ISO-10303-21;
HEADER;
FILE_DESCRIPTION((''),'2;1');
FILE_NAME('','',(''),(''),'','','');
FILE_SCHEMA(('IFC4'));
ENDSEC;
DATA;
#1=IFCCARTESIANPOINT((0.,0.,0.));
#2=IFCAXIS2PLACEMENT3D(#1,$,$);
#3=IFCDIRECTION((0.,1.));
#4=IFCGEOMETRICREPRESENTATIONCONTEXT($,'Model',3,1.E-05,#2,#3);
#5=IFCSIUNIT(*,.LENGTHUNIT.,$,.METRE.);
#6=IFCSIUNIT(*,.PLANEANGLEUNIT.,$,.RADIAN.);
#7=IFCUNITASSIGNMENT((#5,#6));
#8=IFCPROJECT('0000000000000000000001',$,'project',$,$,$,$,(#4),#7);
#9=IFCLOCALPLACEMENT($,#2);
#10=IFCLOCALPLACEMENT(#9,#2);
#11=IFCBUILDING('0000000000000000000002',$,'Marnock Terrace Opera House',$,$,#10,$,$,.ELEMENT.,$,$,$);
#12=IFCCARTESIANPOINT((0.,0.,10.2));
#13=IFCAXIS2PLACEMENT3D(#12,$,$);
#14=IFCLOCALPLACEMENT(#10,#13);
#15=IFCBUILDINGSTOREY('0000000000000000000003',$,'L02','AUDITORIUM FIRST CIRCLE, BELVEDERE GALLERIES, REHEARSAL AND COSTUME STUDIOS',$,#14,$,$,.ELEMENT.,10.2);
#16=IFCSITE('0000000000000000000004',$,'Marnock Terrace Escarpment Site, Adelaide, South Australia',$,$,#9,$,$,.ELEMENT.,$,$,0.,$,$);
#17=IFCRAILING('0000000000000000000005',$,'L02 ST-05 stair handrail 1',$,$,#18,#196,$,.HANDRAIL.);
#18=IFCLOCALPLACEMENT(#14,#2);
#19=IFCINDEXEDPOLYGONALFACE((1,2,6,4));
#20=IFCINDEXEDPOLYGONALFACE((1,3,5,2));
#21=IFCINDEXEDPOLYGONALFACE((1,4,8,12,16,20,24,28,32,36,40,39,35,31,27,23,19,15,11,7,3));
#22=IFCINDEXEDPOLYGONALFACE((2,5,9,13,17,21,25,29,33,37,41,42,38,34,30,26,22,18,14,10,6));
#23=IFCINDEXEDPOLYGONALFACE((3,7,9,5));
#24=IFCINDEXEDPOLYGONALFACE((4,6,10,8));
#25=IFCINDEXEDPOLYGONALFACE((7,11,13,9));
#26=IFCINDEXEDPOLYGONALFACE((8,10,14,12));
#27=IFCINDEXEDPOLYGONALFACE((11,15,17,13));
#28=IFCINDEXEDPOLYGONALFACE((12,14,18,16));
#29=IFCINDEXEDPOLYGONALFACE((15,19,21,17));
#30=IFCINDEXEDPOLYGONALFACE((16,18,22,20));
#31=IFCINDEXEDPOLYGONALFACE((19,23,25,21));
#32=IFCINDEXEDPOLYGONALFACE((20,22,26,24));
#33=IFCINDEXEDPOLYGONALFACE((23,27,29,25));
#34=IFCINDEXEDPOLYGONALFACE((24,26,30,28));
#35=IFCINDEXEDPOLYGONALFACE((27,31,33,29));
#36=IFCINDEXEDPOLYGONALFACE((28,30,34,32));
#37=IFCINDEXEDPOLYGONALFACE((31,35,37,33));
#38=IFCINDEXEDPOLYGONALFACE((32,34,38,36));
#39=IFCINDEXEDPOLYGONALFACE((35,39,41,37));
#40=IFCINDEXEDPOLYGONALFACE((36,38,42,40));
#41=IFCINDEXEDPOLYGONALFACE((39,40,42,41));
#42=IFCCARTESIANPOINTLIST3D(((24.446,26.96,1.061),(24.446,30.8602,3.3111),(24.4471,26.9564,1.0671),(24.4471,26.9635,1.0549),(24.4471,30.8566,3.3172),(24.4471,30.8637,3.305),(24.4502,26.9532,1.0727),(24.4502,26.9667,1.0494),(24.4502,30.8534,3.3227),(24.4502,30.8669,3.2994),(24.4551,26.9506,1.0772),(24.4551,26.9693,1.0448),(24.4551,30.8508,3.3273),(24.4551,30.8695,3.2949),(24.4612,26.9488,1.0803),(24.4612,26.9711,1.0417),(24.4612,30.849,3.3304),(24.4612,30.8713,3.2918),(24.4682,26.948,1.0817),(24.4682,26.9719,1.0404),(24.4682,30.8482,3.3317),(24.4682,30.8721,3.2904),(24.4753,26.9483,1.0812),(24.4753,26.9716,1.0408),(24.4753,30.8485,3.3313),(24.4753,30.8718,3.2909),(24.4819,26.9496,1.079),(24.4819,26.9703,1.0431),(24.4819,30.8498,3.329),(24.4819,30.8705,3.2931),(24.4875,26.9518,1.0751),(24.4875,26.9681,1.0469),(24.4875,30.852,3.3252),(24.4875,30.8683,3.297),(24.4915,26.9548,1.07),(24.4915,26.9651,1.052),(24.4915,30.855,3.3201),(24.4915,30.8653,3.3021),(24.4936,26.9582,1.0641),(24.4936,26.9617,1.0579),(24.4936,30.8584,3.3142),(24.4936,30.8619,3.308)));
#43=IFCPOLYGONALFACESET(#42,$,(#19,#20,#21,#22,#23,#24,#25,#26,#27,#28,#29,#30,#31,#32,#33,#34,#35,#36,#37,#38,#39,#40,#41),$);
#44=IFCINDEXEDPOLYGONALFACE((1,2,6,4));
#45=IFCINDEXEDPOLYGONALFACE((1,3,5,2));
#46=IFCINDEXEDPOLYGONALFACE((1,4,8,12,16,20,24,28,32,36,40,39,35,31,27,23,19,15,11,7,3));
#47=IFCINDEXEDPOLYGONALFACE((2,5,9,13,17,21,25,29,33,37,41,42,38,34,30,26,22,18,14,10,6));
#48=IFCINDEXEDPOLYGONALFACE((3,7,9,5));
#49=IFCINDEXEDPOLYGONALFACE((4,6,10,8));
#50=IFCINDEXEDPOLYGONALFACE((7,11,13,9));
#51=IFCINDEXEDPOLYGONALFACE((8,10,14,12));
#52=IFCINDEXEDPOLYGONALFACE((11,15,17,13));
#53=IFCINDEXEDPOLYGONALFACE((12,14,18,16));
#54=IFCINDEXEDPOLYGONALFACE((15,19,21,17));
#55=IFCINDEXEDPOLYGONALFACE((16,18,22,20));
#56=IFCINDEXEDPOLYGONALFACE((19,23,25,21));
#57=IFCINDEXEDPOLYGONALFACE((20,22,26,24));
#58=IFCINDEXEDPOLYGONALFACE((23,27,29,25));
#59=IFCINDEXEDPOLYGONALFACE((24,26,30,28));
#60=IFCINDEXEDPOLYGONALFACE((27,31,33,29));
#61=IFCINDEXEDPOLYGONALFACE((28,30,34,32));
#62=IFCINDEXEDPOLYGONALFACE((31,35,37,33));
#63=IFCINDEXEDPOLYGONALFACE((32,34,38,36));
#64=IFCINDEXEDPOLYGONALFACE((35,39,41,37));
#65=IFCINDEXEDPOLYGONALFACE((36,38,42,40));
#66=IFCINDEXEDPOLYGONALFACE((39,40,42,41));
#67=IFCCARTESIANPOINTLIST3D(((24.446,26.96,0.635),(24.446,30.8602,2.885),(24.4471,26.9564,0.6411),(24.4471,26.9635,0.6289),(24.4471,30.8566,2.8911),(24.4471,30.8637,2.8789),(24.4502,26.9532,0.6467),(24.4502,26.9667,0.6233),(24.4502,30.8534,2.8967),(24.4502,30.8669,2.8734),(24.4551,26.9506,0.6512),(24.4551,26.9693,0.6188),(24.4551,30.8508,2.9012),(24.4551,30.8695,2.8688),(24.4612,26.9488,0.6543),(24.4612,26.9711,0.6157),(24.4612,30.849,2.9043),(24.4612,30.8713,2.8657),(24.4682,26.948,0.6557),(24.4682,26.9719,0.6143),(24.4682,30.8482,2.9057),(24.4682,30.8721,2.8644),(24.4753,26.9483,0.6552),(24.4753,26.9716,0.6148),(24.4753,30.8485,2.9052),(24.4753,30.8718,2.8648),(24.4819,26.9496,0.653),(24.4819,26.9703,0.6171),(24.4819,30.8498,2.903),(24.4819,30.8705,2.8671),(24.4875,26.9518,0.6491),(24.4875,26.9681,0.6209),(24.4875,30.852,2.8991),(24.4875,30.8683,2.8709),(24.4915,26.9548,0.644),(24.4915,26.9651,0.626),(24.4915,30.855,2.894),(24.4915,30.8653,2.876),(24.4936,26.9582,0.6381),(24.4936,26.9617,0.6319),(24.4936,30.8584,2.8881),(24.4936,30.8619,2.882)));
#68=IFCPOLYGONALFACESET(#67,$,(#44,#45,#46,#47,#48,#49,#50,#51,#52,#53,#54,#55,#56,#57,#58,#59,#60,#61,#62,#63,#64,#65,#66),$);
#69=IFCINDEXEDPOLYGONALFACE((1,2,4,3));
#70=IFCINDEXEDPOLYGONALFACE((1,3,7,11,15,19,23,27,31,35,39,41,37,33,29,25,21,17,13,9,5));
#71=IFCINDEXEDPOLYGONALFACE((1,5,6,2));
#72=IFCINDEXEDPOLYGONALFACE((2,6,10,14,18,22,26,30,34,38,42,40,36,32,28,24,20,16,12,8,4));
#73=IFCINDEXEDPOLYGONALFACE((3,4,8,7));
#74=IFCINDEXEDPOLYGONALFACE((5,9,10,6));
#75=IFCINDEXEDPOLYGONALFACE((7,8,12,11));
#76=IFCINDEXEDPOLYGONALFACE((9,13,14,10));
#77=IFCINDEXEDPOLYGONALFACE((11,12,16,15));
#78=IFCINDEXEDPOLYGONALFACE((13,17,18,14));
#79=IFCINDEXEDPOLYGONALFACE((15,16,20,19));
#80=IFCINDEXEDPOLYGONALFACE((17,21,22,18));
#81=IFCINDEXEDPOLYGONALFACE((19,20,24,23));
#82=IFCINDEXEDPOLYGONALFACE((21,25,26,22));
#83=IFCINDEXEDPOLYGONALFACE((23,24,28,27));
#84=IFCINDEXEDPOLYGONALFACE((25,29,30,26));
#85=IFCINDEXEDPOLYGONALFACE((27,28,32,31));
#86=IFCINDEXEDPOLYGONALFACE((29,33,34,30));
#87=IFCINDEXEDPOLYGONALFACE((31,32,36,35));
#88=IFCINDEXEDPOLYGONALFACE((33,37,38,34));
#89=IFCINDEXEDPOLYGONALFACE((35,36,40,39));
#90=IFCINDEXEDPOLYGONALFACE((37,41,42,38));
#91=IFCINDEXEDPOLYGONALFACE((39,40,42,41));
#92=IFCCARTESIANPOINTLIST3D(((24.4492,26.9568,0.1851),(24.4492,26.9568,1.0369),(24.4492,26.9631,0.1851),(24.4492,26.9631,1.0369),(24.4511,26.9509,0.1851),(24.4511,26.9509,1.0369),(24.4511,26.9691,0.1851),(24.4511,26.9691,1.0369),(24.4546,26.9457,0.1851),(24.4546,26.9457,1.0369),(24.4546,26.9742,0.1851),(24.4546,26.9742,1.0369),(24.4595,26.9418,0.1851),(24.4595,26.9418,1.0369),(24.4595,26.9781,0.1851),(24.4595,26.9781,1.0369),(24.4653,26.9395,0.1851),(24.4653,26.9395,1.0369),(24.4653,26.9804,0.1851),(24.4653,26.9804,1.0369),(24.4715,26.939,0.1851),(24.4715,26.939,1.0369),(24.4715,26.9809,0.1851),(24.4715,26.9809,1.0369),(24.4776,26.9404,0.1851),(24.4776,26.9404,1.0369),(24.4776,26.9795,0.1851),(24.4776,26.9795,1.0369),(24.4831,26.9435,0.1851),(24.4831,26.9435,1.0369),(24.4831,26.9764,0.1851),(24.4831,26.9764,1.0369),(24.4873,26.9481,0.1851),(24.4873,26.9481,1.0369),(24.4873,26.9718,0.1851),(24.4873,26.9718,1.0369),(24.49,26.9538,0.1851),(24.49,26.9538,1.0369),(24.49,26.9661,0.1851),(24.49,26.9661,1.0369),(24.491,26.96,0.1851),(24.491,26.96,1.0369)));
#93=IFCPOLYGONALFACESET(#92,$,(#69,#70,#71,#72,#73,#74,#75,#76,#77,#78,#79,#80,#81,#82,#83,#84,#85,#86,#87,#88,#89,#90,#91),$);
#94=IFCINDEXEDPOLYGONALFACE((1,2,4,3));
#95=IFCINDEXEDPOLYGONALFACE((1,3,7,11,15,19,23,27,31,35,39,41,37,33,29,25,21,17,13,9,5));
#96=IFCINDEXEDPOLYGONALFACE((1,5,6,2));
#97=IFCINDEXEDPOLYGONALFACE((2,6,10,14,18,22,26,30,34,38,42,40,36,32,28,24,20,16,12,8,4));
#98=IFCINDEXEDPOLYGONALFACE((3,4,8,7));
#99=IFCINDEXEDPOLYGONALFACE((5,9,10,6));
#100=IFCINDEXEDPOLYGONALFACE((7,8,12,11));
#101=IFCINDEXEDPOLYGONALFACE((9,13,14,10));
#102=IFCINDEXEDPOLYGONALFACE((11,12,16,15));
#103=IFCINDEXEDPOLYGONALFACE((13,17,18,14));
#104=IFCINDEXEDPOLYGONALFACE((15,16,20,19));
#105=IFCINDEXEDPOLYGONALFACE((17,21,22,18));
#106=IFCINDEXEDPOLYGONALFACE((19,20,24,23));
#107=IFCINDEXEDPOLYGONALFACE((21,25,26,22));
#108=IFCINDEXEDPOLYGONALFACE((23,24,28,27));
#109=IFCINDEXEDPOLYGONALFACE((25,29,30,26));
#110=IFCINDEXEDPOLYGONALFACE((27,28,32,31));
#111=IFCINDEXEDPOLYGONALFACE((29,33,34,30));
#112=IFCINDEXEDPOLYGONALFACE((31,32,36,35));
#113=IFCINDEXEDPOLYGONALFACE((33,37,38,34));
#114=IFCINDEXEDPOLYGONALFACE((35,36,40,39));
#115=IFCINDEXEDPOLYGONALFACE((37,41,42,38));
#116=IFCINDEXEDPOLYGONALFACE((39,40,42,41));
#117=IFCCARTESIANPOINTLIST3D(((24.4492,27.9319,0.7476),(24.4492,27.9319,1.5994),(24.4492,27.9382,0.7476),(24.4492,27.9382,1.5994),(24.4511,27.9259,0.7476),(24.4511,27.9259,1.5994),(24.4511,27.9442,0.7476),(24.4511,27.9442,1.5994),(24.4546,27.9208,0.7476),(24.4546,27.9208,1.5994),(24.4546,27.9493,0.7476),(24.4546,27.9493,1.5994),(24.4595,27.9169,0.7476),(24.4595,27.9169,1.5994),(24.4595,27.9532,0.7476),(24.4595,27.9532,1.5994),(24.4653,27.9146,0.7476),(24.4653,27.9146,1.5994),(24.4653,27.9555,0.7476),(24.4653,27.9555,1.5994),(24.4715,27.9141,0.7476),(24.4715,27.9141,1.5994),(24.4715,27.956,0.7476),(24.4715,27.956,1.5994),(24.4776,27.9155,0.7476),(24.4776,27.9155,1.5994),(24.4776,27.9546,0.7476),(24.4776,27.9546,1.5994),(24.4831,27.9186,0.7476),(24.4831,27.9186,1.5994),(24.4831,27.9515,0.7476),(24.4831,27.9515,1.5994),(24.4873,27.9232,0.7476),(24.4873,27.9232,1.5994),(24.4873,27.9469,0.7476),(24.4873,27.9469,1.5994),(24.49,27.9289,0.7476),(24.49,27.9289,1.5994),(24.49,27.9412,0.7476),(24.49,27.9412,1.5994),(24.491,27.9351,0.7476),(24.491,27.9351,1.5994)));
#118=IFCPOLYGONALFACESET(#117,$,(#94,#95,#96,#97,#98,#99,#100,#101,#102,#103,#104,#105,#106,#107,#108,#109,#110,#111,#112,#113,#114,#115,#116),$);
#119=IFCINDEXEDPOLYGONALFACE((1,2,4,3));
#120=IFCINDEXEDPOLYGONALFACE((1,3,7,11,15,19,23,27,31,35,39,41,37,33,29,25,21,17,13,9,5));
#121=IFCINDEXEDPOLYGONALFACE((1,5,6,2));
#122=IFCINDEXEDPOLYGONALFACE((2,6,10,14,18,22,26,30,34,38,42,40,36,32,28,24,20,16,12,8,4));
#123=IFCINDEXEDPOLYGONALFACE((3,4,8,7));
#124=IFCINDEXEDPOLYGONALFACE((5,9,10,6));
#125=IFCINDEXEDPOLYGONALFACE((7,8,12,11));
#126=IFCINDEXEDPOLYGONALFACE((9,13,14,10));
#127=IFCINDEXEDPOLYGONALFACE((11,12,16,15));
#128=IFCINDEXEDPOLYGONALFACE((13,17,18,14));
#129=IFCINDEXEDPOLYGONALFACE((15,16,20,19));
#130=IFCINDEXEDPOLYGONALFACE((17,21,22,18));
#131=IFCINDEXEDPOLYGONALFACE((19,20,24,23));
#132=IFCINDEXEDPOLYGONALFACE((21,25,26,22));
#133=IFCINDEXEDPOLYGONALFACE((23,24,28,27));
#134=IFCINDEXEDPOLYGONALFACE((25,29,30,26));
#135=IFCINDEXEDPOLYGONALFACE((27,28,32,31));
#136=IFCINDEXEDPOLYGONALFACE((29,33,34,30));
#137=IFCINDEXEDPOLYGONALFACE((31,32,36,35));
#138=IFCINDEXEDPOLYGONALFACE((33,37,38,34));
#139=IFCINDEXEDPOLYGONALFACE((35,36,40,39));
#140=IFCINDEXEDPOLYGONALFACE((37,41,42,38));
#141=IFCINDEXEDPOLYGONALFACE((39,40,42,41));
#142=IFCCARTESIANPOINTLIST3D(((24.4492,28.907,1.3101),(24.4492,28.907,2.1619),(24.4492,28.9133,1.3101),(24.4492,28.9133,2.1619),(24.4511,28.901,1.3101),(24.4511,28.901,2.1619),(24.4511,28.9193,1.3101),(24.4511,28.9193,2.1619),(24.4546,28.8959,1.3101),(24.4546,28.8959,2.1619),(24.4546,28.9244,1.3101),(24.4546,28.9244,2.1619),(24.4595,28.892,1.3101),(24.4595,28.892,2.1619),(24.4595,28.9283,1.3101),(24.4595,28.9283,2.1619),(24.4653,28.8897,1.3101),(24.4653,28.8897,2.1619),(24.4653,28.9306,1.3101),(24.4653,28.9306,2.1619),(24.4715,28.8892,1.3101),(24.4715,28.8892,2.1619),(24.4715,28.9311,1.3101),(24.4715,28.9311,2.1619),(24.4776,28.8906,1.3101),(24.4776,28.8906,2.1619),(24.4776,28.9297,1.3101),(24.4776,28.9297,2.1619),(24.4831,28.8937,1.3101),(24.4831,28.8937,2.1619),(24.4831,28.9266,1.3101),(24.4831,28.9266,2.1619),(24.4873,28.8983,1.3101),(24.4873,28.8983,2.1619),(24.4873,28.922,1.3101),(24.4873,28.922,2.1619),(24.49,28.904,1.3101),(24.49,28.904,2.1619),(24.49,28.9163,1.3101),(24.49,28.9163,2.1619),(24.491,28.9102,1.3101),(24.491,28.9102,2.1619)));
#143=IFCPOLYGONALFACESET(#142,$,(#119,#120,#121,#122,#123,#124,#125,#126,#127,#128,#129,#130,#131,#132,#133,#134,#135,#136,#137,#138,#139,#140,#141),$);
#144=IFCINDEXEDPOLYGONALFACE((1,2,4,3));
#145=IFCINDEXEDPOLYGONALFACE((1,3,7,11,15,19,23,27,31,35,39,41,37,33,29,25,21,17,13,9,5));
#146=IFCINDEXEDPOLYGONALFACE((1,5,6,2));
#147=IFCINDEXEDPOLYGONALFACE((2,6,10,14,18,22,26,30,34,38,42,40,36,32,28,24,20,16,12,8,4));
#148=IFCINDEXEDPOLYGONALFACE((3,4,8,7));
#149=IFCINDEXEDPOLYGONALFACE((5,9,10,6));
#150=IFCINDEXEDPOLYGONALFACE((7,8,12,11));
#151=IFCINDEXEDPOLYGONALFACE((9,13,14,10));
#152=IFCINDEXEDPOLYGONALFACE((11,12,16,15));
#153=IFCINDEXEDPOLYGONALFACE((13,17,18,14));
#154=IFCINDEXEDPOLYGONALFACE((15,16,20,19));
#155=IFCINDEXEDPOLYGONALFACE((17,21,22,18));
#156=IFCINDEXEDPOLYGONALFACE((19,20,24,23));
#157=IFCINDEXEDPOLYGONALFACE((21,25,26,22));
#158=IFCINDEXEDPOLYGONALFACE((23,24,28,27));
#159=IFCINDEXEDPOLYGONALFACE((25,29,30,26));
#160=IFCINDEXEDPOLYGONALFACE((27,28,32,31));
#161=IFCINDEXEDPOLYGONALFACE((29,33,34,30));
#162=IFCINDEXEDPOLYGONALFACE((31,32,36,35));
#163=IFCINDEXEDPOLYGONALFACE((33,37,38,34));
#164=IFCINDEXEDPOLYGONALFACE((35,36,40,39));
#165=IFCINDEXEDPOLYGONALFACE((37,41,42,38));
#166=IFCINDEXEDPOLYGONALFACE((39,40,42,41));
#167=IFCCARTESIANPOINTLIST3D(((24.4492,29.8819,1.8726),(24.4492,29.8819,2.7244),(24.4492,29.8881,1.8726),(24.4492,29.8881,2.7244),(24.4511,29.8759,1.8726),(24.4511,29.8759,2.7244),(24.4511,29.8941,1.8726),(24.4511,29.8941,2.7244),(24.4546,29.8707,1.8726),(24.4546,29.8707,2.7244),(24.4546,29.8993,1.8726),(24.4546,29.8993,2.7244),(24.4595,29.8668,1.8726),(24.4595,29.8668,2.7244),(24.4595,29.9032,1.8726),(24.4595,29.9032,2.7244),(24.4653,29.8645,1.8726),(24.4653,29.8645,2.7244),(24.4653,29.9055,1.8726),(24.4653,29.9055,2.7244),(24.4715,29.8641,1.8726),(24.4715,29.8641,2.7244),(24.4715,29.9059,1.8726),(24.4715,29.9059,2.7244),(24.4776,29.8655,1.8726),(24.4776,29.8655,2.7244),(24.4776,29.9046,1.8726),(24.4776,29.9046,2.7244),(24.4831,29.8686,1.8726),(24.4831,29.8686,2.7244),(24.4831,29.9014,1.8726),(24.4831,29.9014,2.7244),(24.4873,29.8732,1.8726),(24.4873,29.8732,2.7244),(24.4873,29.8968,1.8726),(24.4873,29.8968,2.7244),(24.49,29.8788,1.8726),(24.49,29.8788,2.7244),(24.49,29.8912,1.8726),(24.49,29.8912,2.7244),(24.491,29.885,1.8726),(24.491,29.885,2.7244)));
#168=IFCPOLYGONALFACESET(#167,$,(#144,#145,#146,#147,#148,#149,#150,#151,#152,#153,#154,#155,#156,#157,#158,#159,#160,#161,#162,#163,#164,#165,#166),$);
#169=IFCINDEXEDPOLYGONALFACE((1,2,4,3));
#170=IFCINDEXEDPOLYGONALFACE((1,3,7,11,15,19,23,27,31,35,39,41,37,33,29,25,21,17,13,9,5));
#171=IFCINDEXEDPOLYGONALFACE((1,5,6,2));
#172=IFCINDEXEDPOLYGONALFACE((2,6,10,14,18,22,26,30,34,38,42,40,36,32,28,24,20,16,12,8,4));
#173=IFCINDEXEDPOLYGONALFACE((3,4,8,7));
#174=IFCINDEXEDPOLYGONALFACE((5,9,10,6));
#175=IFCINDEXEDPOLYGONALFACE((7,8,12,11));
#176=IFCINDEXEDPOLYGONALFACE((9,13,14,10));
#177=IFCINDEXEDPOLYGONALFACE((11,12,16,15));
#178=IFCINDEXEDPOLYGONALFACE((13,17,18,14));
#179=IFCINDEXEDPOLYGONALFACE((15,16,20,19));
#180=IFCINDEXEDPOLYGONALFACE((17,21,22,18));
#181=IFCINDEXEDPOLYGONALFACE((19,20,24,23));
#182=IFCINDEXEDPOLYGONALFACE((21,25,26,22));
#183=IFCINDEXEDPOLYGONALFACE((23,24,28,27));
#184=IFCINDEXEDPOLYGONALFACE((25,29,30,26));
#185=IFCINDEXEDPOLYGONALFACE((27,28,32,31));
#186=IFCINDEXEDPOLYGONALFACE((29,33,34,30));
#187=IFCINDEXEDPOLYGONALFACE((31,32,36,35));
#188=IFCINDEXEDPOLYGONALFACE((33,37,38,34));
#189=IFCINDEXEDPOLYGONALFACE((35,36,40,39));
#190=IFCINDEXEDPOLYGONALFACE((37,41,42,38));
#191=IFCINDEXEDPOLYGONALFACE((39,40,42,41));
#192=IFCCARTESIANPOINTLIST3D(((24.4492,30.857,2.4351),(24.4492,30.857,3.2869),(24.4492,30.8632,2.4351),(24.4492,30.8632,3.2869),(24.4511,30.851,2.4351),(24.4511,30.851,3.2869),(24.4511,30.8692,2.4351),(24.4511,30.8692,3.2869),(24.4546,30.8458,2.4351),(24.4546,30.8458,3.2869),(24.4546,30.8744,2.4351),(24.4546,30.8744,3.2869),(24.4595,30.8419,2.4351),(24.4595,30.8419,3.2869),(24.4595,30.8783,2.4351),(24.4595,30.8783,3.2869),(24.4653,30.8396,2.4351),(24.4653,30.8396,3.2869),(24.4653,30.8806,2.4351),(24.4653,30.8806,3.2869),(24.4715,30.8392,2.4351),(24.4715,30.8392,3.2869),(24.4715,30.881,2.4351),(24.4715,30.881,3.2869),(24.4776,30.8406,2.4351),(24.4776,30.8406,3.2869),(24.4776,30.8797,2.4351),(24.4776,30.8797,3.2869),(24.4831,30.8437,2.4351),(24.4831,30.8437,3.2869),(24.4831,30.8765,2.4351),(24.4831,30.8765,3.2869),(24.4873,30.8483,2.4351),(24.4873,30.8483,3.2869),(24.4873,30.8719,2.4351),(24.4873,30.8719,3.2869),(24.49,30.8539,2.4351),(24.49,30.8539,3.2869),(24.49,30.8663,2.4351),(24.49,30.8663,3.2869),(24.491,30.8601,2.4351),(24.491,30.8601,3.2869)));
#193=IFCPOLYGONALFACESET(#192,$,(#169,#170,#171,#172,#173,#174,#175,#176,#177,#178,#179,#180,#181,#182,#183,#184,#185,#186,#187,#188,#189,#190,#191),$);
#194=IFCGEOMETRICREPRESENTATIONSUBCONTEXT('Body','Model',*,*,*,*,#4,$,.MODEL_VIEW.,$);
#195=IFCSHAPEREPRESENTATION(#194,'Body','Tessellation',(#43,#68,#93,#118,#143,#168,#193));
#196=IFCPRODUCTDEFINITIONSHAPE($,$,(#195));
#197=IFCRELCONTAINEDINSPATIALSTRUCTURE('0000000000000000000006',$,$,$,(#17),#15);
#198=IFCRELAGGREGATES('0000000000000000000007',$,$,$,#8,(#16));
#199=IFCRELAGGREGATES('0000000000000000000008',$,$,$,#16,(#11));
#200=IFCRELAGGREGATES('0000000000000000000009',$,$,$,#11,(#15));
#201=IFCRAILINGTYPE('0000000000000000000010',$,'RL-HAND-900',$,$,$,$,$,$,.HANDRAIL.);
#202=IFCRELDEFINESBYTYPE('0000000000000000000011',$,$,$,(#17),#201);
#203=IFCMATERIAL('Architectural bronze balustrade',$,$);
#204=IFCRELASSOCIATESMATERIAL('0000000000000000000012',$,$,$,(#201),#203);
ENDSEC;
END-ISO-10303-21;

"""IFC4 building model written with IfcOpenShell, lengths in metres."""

from ifc_helpers import new_model, si_unit, direction, frame, origin, origin_2d, place, context, subcontext, project, spatial, circle, extrude, material, type_object, element, save


model = new_model("IFC4")

# Units and contexts
model_context = context("Model", 3, precision=1e-05, world=origin(), true_north=direction((0.0, 1.0)))
body_context = subcontext(model_context, "Body", "Model", "MODEL_VIEW")
ifc_project = project(units=[si_unit("LENGTHUNIT", "METRE"), si_unit("PLANEANGLEUNIT", "RADIAN")], contexts=[model_context])

# Site, building, storey
site_placement = place(None, origin())
site = spatial("IfcSite", under=ifc_project, at=site_placement, Name="Marnock Terrace Escarpment Site, Adelaide, South Australia", CompositionType="ELEMENT", RefElevation=0.0)
building_placement = place(site_placement, origin())
building = spatial("IfcBuilding", under=site, at=building_placement, Name="Marnock Terrace Opera House", CompositionType="ELEMENT")
storey_placement = place(building_placement, frame((0.0, 0.0, 10.2)))
storey = spatial("IfcBuildingStorey", under=building, at=storey_placement, Name="L02", Description="AUDITORIUM FIRST CIRCLE, BELVEDERE GALLERIES, REHEARSAL AND COSTUME STUDIOS", CompositionType="ELEMENT", Elevation=10.2)

# Railing
ifc_material_1 = material(Name="Architectural bronze balustrade")
railing_type_1 = type_object("IfcRailingType", Name="RL-HAND-900", PredefinedType="HANDRAIL", material=ifc_material_1)
railing_1_placement = place(storey_placement, frame((24.47, 26.96, 0.1851)))
element("IfcRailing", 1, at=railing_1_placement, inside=storey, type_object=railing_type_1, Name="L02 ST-05 stair handrail 1", PredefinedType="HANDRAIL", context=body_context, shape_type="SweptSolid", body=[
    extrude(circle(Radius=0.0239, at=origin_2d()), frame((0.0, 0.0, 0.876), z_axis=(0.0, 0.866194, 0.499708), x_axis=(-1.0, 0.0, 0.0)), (0.0, 0.0, 1.0), 4.5027),
    extrude(circle(Radius=0.0239, at=origin_2d()), frame((0.0, 0.0, 0.45), z_axis=(0.0, 0.866194, 0.499708), x_axis=(-1.0, 0.0, 0.0)), (0.0, 0.0, 1.0), 4.5027),
    extrude(circle(Radius=0.021, at=origin_2d()), origin(), (0.0, 0.0, 1.0), 0.8518),
    extrude(circle(Radius=0.021, at=origin_2d()), frame((0.0, 0.9751, 0.5625)), (0.0, 0.0, 1.0), 0.8518),
    extrude(circle(Radius=0.021, at=origin_2d()), frame((0.0, 1.9502, 1.125)), (0.0, 0.0, 1.0), 0.8518),
    extrude(circle(Radius=0.021, at=origin_2d()), frame((0.0, 2.925, 1.6875)), (0.0, 0.0, 1.0), 0.8518),
    extrude(circle(Radius=0.021, at=origin_2d()), frame((0.0, 3.9001, 2.25)), (0.0, 0.0, 1.0), 0.8518),
])

save(model, "model.ifc")
